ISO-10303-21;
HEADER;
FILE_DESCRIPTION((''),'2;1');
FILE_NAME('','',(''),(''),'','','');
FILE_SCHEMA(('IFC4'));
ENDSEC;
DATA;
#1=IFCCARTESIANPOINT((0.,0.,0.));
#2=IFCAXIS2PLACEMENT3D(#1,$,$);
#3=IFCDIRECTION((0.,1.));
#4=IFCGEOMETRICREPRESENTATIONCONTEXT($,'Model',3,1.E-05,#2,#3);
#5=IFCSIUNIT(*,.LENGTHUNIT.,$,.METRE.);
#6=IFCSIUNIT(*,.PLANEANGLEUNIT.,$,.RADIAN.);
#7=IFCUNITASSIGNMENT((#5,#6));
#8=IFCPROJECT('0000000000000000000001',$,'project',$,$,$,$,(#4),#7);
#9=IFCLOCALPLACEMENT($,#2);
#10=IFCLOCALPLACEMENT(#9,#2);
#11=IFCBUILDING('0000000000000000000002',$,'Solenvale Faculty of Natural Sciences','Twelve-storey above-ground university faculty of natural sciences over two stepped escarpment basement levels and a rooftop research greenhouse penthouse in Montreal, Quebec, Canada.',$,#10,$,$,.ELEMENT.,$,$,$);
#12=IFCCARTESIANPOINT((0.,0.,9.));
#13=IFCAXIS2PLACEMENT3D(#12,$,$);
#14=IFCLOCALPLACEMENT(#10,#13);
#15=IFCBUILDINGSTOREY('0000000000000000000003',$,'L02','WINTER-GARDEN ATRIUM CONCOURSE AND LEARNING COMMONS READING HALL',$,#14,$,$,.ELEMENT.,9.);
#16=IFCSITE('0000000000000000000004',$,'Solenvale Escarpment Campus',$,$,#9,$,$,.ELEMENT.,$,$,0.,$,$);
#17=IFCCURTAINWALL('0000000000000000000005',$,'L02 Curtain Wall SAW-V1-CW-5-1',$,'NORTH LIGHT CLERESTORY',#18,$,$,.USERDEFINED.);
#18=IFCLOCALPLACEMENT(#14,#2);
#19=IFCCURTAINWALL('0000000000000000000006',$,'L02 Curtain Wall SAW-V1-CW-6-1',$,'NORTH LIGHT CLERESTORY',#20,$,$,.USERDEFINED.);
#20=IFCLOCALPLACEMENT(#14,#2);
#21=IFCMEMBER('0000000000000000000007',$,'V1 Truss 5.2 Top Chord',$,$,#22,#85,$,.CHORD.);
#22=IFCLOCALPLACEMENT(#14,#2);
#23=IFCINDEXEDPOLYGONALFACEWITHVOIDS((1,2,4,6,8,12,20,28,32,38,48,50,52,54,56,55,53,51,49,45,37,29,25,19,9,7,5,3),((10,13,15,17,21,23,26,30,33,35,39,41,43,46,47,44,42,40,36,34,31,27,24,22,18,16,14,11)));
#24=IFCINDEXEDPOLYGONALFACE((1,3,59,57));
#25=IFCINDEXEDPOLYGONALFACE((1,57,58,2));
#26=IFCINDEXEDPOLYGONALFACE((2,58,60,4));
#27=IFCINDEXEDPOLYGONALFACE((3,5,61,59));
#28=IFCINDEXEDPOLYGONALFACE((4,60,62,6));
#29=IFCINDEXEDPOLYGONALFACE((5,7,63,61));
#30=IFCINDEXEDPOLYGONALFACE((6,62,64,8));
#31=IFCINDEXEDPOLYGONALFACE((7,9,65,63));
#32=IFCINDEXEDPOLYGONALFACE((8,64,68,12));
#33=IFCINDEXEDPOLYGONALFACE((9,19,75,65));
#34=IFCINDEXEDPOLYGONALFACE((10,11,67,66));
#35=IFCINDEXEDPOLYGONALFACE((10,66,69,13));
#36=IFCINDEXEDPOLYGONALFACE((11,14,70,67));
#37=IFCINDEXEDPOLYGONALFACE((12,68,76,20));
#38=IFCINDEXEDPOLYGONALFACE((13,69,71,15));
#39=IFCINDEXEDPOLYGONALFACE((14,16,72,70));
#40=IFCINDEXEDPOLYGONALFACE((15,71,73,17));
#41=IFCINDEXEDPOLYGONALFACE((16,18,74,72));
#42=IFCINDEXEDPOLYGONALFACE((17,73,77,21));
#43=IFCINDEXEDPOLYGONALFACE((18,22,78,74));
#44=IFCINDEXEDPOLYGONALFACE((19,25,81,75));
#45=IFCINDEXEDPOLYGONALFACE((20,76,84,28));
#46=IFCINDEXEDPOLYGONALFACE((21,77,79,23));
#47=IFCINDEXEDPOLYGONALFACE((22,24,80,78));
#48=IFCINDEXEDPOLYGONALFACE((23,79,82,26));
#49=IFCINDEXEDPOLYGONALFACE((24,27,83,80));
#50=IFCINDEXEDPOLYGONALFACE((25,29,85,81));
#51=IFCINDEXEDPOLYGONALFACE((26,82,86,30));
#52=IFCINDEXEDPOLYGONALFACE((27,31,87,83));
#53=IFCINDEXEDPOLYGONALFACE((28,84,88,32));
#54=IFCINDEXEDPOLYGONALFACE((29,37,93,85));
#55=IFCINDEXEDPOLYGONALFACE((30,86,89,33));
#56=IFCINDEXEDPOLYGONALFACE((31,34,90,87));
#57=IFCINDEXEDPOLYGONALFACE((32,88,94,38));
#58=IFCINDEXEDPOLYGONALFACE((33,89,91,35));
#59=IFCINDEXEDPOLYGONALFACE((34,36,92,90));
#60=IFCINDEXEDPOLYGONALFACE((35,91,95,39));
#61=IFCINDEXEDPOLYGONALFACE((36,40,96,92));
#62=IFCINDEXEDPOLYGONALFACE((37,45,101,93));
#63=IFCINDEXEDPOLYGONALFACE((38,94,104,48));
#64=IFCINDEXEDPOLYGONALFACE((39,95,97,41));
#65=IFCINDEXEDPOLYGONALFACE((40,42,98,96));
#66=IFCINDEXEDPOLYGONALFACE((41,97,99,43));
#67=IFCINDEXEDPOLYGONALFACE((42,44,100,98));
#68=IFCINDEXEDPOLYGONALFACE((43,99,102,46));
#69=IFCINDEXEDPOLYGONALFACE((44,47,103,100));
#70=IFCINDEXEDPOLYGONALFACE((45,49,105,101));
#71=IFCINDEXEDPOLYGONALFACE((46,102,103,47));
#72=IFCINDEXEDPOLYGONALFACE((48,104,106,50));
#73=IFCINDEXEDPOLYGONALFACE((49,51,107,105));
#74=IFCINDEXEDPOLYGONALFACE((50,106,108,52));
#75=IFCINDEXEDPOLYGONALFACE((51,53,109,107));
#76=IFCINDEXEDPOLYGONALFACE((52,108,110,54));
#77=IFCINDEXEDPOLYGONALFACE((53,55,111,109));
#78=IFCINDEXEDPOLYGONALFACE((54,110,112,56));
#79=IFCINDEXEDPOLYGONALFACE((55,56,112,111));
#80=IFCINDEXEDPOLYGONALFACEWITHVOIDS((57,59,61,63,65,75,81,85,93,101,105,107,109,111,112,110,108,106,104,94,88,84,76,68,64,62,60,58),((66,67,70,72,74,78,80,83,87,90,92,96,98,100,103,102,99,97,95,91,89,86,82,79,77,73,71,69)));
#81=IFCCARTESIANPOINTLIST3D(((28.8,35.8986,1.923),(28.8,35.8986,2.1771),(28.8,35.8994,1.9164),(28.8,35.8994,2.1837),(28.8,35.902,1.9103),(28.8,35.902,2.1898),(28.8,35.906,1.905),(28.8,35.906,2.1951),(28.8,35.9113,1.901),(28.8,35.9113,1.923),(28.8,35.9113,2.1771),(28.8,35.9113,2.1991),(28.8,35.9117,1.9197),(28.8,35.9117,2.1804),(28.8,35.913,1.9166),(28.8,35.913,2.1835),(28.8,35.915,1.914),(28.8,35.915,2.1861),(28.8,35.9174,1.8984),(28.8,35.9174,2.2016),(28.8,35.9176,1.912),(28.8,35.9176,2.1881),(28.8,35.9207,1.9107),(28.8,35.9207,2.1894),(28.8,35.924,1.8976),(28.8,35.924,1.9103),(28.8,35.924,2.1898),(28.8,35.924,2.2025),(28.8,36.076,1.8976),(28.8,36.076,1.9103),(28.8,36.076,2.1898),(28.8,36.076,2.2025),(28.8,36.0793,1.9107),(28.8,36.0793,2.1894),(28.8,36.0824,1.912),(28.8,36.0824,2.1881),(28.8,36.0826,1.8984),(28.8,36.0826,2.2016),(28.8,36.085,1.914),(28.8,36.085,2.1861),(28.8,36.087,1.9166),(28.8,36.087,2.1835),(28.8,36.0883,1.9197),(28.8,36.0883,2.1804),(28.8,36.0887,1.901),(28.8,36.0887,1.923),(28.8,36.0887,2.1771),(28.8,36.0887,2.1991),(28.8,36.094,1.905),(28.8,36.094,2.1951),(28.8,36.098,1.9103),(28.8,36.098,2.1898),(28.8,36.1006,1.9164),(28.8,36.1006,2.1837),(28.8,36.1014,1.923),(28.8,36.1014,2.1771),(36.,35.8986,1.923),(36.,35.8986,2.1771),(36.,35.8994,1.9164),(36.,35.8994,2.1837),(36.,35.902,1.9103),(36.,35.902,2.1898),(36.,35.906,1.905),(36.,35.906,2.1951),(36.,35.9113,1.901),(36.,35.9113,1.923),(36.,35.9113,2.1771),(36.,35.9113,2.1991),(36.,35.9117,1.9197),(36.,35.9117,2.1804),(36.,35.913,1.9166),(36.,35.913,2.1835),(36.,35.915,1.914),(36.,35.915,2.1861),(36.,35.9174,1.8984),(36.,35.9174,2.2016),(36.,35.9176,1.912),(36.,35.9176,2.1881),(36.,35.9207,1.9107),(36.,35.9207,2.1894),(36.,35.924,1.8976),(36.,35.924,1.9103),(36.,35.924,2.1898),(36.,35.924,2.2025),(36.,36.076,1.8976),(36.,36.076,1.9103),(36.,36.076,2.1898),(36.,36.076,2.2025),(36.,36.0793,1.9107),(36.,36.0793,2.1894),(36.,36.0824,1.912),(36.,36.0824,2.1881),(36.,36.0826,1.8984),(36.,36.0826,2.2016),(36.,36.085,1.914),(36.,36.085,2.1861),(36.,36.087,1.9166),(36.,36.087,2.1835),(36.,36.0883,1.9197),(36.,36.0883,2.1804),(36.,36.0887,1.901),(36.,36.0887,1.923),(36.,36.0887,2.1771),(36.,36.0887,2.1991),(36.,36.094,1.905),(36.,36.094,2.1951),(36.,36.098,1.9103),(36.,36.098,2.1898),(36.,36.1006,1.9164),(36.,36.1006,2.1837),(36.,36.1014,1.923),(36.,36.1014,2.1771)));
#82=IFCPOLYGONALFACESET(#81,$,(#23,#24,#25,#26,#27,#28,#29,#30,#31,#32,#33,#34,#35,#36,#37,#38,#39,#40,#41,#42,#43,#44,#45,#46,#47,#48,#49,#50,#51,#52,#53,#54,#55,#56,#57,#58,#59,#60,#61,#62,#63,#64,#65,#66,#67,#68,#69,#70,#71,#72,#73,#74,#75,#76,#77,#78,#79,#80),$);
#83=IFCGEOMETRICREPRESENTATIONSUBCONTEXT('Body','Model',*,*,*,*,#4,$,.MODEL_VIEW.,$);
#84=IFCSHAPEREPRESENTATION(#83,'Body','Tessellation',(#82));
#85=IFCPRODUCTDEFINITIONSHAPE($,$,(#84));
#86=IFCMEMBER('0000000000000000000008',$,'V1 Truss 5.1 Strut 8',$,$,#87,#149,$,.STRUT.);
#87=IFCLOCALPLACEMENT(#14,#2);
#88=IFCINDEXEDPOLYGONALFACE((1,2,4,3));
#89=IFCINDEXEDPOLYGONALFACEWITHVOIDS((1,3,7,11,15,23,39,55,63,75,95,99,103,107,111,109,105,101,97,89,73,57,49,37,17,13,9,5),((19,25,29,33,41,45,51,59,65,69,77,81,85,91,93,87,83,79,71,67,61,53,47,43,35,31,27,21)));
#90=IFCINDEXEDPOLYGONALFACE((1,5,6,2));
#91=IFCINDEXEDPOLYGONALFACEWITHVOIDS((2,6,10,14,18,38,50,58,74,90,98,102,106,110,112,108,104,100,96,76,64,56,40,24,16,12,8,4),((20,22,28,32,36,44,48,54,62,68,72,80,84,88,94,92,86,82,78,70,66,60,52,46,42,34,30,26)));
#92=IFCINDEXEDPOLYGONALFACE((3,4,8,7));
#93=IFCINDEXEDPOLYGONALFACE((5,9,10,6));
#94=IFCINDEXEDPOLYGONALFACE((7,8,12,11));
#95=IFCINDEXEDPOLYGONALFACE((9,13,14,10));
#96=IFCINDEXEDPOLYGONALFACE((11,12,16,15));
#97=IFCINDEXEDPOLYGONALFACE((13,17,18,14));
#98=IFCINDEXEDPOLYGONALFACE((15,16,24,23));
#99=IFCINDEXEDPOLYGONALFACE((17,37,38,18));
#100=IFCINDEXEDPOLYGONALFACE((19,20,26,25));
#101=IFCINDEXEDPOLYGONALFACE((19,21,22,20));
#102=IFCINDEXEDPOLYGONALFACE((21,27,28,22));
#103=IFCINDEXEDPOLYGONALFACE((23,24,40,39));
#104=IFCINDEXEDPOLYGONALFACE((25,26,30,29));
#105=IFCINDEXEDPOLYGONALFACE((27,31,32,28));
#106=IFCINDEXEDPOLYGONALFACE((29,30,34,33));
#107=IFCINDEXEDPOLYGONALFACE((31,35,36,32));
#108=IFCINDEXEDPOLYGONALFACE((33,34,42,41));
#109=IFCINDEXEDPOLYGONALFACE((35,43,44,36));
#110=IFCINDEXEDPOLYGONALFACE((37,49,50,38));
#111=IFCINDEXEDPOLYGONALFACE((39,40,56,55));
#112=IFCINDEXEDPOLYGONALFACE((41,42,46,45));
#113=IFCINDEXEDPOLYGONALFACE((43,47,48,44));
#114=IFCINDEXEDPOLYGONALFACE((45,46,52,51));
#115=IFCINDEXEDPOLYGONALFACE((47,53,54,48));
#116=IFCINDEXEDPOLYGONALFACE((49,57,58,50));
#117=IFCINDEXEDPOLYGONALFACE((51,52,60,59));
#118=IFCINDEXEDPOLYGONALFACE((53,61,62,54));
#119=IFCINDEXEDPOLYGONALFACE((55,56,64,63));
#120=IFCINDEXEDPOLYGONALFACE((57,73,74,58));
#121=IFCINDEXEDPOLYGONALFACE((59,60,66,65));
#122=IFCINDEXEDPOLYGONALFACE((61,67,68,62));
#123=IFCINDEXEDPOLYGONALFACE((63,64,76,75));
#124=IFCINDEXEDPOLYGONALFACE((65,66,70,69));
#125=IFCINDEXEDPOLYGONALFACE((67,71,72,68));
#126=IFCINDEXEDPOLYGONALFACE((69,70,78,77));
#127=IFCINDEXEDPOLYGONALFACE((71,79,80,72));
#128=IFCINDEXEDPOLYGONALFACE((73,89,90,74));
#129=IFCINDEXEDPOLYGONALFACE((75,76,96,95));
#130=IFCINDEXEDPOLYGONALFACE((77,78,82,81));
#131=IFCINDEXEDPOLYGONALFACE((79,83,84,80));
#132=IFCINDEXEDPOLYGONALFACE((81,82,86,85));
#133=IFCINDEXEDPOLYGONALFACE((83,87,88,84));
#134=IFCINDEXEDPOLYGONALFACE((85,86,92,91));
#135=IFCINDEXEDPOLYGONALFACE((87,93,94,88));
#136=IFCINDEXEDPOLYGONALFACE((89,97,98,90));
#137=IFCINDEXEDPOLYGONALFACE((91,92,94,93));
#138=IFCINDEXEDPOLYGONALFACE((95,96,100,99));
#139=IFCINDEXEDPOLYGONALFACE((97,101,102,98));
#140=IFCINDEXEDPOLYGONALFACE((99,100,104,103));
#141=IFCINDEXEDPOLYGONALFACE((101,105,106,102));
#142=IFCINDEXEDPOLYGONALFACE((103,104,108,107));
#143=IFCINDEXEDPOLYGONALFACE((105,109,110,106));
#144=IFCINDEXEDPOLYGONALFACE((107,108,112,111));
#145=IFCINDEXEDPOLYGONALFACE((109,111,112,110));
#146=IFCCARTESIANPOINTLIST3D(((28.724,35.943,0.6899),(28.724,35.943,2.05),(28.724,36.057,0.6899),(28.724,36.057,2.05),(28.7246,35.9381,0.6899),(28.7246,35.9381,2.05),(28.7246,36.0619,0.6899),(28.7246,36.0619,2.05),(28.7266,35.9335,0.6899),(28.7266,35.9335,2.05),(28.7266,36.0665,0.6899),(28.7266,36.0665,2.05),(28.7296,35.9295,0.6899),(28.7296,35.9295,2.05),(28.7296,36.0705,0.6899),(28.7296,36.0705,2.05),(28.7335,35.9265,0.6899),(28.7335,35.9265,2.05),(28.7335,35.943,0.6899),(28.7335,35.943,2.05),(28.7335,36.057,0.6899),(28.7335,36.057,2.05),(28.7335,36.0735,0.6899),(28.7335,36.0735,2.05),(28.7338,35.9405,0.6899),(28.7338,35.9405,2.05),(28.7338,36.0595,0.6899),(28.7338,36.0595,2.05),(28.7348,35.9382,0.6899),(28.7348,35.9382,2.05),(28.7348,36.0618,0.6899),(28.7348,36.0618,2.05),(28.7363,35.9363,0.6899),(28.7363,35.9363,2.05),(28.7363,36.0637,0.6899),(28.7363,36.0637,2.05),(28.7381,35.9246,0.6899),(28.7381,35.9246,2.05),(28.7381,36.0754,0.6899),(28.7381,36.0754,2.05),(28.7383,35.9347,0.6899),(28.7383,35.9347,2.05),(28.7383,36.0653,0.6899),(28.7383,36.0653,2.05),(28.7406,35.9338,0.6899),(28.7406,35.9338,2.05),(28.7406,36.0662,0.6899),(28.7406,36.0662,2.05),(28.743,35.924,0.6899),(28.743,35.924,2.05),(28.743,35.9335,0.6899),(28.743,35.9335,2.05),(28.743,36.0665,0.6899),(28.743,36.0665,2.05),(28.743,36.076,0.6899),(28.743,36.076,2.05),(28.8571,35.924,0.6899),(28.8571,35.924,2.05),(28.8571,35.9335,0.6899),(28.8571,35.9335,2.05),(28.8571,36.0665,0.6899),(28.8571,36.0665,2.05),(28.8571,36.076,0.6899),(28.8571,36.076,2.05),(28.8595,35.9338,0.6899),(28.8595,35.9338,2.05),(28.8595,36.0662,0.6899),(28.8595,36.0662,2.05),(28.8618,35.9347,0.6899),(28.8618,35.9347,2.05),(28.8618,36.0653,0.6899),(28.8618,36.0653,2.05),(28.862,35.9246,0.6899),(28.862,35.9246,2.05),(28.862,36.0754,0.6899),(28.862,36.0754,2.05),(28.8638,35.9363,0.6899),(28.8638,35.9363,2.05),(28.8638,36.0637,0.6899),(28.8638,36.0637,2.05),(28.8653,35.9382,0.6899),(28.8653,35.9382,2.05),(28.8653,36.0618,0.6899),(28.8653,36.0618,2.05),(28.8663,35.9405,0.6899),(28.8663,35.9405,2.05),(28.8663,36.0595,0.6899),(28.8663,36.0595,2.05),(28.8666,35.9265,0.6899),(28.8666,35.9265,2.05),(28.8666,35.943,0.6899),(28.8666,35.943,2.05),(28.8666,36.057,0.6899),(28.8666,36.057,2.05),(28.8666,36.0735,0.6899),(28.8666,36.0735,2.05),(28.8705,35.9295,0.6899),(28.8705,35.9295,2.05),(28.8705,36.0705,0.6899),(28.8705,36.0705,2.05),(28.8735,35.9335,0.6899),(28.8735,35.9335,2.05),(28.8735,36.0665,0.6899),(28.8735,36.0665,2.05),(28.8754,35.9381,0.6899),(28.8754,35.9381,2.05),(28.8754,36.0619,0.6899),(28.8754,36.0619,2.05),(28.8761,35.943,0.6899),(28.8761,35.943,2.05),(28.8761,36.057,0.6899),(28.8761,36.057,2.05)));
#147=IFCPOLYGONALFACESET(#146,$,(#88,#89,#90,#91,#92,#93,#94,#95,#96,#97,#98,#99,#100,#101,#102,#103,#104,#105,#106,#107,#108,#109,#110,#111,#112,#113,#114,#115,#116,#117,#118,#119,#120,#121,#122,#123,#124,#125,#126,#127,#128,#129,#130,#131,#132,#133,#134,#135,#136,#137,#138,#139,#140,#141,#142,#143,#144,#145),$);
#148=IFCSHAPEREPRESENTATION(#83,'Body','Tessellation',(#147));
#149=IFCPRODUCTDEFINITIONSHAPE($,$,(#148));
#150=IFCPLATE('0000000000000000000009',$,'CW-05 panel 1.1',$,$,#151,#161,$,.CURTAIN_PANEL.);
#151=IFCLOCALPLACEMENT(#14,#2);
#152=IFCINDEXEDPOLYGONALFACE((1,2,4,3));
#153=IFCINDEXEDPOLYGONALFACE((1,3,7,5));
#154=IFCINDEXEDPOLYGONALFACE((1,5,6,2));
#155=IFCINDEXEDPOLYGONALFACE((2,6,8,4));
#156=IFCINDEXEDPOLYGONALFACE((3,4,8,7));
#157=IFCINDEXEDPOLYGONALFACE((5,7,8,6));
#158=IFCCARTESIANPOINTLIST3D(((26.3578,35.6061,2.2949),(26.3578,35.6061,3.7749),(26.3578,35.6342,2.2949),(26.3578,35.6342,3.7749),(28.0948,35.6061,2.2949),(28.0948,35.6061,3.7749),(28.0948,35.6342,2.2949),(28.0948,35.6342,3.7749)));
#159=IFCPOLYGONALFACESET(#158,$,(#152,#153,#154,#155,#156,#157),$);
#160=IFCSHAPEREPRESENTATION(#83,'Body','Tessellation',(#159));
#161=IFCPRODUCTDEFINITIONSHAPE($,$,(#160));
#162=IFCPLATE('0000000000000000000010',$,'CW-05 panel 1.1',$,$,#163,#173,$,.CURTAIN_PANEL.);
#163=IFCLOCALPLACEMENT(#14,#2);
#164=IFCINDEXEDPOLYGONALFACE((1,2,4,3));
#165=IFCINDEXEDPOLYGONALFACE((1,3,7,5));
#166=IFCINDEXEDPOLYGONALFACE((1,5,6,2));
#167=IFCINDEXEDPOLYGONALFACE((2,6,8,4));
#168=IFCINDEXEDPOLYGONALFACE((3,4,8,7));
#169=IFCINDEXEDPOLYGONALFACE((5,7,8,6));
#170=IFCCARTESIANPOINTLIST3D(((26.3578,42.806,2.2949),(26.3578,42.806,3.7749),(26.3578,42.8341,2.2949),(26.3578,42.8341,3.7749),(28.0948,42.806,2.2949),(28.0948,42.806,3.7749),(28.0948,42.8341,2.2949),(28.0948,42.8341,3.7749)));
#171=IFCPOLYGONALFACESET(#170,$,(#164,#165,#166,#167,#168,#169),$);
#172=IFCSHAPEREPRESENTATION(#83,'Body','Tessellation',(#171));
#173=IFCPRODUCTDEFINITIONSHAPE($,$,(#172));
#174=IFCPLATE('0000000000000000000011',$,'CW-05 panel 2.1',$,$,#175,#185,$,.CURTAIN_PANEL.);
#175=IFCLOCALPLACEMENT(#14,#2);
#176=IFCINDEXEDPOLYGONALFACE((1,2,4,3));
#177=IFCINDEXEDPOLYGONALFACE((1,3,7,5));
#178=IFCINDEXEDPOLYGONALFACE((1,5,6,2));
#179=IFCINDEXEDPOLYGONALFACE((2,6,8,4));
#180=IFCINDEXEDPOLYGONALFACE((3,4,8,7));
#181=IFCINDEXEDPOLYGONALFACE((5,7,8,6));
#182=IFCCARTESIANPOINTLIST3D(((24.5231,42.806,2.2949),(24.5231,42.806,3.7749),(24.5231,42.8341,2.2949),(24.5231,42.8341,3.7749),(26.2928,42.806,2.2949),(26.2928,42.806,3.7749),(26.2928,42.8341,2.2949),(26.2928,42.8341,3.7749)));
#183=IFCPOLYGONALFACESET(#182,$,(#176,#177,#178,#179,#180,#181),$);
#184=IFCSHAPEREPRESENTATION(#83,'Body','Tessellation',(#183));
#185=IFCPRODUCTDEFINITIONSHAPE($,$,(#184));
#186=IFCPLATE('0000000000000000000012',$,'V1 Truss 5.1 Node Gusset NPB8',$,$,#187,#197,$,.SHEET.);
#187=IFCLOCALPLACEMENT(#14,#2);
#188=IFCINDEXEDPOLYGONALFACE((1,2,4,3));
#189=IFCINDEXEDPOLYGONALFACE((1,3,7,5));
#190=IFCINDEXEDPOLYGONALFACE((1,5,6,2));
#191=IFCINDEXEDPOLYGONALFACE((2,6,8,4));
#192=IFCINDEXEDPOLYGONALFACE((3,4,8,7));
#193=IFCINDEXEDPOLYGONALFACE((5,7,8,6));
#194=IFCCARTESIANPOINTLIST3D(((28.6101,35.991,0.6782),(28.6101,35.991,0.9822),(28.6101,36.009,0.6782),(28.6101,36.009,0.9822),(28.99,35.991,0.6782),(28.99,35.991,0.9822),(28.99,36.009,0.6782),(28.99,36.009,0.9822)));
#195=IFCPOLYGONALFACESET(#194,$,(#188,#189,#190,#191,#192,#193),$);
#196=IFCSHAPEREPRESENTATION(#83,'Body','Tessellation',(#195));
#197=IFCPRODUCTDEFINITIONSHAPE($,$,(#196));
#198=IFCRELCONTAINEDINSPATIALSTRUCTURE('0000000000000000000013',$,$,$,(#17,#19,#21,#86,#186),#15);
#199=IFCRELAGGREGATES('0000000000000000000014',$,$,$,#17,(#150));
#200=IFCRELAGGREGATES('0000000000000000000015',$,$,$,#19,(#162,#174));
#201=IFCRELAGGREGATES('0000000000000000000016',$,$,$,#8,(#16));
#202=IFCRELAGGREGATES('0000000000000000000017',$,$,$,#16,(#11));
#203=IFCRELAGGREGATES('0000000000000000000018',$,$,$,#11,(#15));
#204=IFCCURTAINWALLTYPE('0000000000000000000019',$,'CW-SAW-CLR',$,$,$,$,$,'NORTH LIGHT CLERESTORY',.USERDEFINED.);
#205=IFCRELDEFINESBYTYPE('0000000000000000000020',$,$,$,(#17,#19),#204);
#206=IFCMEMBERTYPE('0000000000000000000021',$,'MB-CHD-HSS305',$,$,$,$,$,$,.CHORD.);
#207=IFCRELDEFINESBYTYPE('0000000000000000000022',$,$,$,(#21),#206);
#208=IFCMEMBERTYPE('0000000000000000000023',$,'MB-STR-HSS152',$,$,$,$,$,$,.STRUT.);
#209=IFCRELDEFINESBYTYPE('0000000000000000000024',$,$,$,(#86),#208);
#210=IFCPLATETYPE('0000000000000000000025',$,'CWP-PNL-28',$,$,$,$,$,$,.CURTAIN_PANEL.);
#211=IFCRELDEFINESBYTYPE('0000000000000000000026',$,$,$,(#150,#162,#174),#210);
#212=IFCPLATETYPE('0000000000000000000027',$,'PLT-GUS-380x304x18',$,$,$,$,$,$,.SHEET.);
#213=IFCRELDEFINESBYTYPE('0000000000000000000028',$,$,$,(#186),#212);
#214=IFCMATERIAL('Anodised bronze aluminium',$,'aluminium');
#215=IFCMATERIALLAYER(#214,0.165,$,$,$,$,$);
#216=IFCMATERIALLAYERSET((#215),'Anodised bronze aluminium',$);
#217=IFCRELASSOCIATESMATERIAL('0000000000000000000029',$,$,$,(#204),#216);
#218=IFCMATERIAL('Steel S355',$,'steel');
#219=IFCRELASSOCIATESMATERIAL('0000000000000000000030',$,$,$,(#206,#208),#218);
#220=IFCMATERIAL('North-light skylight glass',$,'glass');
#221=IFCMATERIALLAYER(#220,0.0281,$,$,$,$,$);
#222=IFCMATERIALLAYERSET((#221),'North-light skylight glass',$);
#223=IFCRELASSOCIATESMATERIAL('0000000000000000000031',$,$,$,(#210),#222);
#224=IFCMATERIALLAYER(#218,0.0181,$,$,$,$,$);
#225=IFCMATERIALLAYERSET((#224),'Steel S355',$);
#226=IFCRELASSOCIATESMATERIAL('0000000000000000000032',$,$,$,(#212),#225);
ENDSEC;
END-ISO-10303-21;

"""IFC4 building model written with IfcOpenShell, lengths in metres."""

from ifc_helpers import new_model, si_unit, direction, frame, origin, origin_2d, place, context, subcontext, project, spatial, rectangle, hollow_rectangle, extrude, material, layer, layer_set, material_profile, profile_set, type_object, element, aggregate, save


model = new_model("IFC4")

# Units and contexts
model_context = context("Model", 3, precision=1e-05, world=origin(), true_north=direction((0.0, 1.0)))
body_context = subcontext(model_context, "Body", "Model", "MODEL_VIEW")
ifc_project = project(units=[si_unit("LENGTHUNIT", "METRE"), si_unit("PLANEANGLEUNIT", "RADIAN")], contexts=[model_context])

# Site, building, storey
site_placement = place(None, origin())
site = spatial("IfcSite", under=ifc_project, at=site_placement, Name="Solenvale Escarpment Campus", CompositionType="ELEMENT", RefElevation=0.0)
building_placement = place(site_placement, origin())
building = spatial("IfcBuilding", under=site, at=building_placement, Name="Solenvale Faculty of Natural Sciences", Description="Twelve-storey above-ground university faculty of natural sciences over two stepped escarpment basement levels and a rooftop research greenhouse penthouse in Montreal, Quebec, Canada.", CompositionType="ELEMENT")
storey_placement = place(building_placement, frame((0.0, 0.0, 9.0)))
storey = spatial("IfcBuildingStorey", under=building, at=storey_placement, Name="L02", Description="WINTER-GARDEN ATRIUM CONCOURSE AND LEARNING COMMONS READING HALL", CompositionType="ELEMENT", Elevation=9.0)

# Shared definitions
ifc_material_1 = material(Name="Steel S355", Category="steel")

# Curtain wall
ifc_material_2 = material(Name="Anodised bronze aluminium", Category="aluminium")
ifc_layer_1 = layer(ifc_material_2, 0.165)
ifc_layer_set_1 = layer_set([ifc_layer_1], Name="Anodised bronze aluminium")
curtain_wall_type = type_object("IfcCurtainWallType", Name="CW-SAW-CLR", ElementType="NORTH LIGHT CLERESTORY", PredefinedType="USERDEFINED", material=ifc_layer_set_1)
curtain_wall_1_placement = place(storey_placement, origin())
curtain_wall_1 = element("IfcCurtainWall", 1, at=curtain_wall_1_placement, inside=storey, type_object=curtain_wall_type, Name="L02 Curtain Wall SAW-V1-CW-5-1", ObjectType="NORTH LIGHT CLERESTORY", PredefinedType="USERDEFINED")

# Curtain wall
curtain_wall_2_placement = place(storey_placement, origin())
curtain_wall_2 = element("IfcCurtainWall", 2, at=curtain_wall_2_placement, inside=storey, type_object=curtain_wall_type, Name="L02 Curtain Wall SAW-V1-CW-6-1", ObjectType="NORTH LIGHT CLERESTORY", PredefinedType="USERDEFINED")

# Members
ifc_material_profile_1 = material_profile(ifc_material_1, hollow_rectangle(XDim=0.2029, YDim=0.3049, WallThickness=0.0127, InnerFilletRadius=0.0127, OuterFilletRadius=0.0254, at=origin_2d()), Name="HSS305x203x13")
ifc_profile_set_1 = profile_set([ifc_material_profile_1], Name="Steel S355")
member_type_1 = type_object("IfcMemberType", Name="MB-CHD-HSS305", PredefinedType="CHORD", material=ifc_profile_set_1)
member_1_placement = place(storey_placement, frame((28.8, 36.0, 2.05), z_axis=(1.0, 0.0, 0.0), x_axis=(0.0, 1.0, 0.0)))
element("IfcMember", 3, at=member_1_placement, inside=storey, type_object=member_type_1, Name="V1 Truss 5.2 Top Chord", PredefinedType="CHORD", context=body_context, shape_type="SweptSolid", body=[
    extrude(hollow_rectangle(XDim=0.2029, YDim=0.3049, WallThickness=0.0127, InnerFilletRadius=0.0127, OuterFilletRadius=0.0254, at=origin_2d()), origin(), (0.0, 0.0, 1.0), 7.2),
])
ifc_material_profile_2 = material_profile(ifc_material_1, hollow_rectangle(XDim=0.1521, YDim=0.1521, WallThickness=0.0095, InnerFilletRadius=0.0095, OuterFilletRadius=0.019, at=origin_2d()), Name="HSS152x152x9.5")
ifc_profile_set_2 = profile_set([ifc_material_profile_2], Name="Steel S355")
member_type_2 = type_object("IfcMemberType", Name="MB-STR-HSS152", PredefinedType="STRUT", material=ifc_profile_set_2)
member_2_placement = place(storey_placement, frame((28.8, 36.0, 0.6899), z_axis=(0.0, 0.0, 1.0), x_axis=(1.0, 0.0, 0.0)))
element("IfcMember", 4, at=member_2_placement, inside=storey, type_object=member_type_2, Name="V1 Truss 5.1 Strut 8", PredefinedType="STRUT", context=body_context, shape_type="SweptSolid", body=[
    extrude(hollow_rectangle(XDim=0.1521, YDim=0.1521, WallThickness=0.0095, InnerFilletRadius=0.0095, OuterFilletRadius=0.019, at=origin_2d()), origin(), (0.0, 0.0, 1.0), 1.3601),
])

# Plates
ifc_material_3 = material(Name="North-light skylight glass", Category="glass")
ifc_layer_2 = layer(ifc_material_3, 0.0281)
ifc_layer_set_2 = layer_set([ifc_layer_2], Name="North-light skylight glass")
plate_type_1 = type_object("IfcPlateType", Name="CWP-PNL-28", PredefinedType="CURTAIN_PANEL", material=ifc_layer_set_2)
plate_1_placement = place(storey_placement, frame((27.2263, 35.6201, 2.2949), z_axis=(0.0, 0.0, 1.0), x_axis=(-1.0, 0.0, 0.0)))
plate_1 = element("IfcPlate", 5, at=plate_1_placement, type_object=plate_type_1, Name="CW-05 panel 1.1", PredefinedType="CURTAIN_PANEL", context=body_context, shape_type="SweptSolid", body=[
    extrude(rectangle(XDim=1.7371, YDim=0.0281, at=origin_2d()), origin(), (0.0, 0.0, 1.0), 1.48),
])
aggregate(curtain_wall_1, [plate_1])
plate_2_placement = place(storey_placement, frame((27.2263, 42.8201, 2.2949), z_axis=(0.0, 0.0, 1.0), x_axis=(-1.0, 0.0, 0.0)))
plate_2 = element("IfcPlate", 6, at=plate_2_placement, type_object=plate_type_1, Name="CW-05 panel 1.1", PredefinedType="CURTAIN_PANEL", context=body_context, shape_type="SweptSolid", body=[
    extrude(rectangle(XDim=1.7371, YDim=0.0281, at=origin_2d()), origin(), (0.0, 0.0, 1.0), 1.48),
])
plate_3_placement = place(storey_placement, frame((25.408, 42.8201, 2.2949), z_axis=(0.0, 0.0, 1.0), x_axis=(-1.0, 0.0, 0.0)))
plate_3 = element("IfcPlate", 7, at=plate_3_placement, type_object=plate_type_1, Name="CW-05 panel 2.1", PredefinedType="CURTAIN_PANEL", context=body_context, shape_type="SweptSolid", body=[
    extrude(rectangle(XDim=1.7698, YDim=0.0281, at=origin_2d()), origin(), (0.0, 0.0, 1.0), 1.48),
])
aggregate(curtain_wall_2, [plate_2, plate_3])

# Plate
ifc_layer_3 = layer(ifc_material_1, 0.0181)
ifc_layer_set_3 = layer_set([ifc_layer_3], Name="Steel S355")
plate_type_2 = type_object("IfcPlateType", Name="PLT-GUS-380x304x18", PredefinedType="SHEET", material=ifc_layer_set_3)
plate_4_placement = place(storey_placement, frame((28.8, 36.0, 0.6782), z_axis=(0.0, 0.0, 1.0), x_axis=(1.0, 0.0, 0.0)))
element("IfcPlate", 8, at=plate_4_placement, inside=storey, type_object=plate_type_2, Name="V1 Truss 5.1 Node Gusset NPB8", PredefinedType="SHEET", context=body_context, shape_type="SweptSolid", body=[
    extrude(rectangle(XDim=0.3799, YDim=0.0181, at=origin_2d()), origin(), (0.0, 0.0, 1.0), 0.304),
])

save(model, "model.ifc")
